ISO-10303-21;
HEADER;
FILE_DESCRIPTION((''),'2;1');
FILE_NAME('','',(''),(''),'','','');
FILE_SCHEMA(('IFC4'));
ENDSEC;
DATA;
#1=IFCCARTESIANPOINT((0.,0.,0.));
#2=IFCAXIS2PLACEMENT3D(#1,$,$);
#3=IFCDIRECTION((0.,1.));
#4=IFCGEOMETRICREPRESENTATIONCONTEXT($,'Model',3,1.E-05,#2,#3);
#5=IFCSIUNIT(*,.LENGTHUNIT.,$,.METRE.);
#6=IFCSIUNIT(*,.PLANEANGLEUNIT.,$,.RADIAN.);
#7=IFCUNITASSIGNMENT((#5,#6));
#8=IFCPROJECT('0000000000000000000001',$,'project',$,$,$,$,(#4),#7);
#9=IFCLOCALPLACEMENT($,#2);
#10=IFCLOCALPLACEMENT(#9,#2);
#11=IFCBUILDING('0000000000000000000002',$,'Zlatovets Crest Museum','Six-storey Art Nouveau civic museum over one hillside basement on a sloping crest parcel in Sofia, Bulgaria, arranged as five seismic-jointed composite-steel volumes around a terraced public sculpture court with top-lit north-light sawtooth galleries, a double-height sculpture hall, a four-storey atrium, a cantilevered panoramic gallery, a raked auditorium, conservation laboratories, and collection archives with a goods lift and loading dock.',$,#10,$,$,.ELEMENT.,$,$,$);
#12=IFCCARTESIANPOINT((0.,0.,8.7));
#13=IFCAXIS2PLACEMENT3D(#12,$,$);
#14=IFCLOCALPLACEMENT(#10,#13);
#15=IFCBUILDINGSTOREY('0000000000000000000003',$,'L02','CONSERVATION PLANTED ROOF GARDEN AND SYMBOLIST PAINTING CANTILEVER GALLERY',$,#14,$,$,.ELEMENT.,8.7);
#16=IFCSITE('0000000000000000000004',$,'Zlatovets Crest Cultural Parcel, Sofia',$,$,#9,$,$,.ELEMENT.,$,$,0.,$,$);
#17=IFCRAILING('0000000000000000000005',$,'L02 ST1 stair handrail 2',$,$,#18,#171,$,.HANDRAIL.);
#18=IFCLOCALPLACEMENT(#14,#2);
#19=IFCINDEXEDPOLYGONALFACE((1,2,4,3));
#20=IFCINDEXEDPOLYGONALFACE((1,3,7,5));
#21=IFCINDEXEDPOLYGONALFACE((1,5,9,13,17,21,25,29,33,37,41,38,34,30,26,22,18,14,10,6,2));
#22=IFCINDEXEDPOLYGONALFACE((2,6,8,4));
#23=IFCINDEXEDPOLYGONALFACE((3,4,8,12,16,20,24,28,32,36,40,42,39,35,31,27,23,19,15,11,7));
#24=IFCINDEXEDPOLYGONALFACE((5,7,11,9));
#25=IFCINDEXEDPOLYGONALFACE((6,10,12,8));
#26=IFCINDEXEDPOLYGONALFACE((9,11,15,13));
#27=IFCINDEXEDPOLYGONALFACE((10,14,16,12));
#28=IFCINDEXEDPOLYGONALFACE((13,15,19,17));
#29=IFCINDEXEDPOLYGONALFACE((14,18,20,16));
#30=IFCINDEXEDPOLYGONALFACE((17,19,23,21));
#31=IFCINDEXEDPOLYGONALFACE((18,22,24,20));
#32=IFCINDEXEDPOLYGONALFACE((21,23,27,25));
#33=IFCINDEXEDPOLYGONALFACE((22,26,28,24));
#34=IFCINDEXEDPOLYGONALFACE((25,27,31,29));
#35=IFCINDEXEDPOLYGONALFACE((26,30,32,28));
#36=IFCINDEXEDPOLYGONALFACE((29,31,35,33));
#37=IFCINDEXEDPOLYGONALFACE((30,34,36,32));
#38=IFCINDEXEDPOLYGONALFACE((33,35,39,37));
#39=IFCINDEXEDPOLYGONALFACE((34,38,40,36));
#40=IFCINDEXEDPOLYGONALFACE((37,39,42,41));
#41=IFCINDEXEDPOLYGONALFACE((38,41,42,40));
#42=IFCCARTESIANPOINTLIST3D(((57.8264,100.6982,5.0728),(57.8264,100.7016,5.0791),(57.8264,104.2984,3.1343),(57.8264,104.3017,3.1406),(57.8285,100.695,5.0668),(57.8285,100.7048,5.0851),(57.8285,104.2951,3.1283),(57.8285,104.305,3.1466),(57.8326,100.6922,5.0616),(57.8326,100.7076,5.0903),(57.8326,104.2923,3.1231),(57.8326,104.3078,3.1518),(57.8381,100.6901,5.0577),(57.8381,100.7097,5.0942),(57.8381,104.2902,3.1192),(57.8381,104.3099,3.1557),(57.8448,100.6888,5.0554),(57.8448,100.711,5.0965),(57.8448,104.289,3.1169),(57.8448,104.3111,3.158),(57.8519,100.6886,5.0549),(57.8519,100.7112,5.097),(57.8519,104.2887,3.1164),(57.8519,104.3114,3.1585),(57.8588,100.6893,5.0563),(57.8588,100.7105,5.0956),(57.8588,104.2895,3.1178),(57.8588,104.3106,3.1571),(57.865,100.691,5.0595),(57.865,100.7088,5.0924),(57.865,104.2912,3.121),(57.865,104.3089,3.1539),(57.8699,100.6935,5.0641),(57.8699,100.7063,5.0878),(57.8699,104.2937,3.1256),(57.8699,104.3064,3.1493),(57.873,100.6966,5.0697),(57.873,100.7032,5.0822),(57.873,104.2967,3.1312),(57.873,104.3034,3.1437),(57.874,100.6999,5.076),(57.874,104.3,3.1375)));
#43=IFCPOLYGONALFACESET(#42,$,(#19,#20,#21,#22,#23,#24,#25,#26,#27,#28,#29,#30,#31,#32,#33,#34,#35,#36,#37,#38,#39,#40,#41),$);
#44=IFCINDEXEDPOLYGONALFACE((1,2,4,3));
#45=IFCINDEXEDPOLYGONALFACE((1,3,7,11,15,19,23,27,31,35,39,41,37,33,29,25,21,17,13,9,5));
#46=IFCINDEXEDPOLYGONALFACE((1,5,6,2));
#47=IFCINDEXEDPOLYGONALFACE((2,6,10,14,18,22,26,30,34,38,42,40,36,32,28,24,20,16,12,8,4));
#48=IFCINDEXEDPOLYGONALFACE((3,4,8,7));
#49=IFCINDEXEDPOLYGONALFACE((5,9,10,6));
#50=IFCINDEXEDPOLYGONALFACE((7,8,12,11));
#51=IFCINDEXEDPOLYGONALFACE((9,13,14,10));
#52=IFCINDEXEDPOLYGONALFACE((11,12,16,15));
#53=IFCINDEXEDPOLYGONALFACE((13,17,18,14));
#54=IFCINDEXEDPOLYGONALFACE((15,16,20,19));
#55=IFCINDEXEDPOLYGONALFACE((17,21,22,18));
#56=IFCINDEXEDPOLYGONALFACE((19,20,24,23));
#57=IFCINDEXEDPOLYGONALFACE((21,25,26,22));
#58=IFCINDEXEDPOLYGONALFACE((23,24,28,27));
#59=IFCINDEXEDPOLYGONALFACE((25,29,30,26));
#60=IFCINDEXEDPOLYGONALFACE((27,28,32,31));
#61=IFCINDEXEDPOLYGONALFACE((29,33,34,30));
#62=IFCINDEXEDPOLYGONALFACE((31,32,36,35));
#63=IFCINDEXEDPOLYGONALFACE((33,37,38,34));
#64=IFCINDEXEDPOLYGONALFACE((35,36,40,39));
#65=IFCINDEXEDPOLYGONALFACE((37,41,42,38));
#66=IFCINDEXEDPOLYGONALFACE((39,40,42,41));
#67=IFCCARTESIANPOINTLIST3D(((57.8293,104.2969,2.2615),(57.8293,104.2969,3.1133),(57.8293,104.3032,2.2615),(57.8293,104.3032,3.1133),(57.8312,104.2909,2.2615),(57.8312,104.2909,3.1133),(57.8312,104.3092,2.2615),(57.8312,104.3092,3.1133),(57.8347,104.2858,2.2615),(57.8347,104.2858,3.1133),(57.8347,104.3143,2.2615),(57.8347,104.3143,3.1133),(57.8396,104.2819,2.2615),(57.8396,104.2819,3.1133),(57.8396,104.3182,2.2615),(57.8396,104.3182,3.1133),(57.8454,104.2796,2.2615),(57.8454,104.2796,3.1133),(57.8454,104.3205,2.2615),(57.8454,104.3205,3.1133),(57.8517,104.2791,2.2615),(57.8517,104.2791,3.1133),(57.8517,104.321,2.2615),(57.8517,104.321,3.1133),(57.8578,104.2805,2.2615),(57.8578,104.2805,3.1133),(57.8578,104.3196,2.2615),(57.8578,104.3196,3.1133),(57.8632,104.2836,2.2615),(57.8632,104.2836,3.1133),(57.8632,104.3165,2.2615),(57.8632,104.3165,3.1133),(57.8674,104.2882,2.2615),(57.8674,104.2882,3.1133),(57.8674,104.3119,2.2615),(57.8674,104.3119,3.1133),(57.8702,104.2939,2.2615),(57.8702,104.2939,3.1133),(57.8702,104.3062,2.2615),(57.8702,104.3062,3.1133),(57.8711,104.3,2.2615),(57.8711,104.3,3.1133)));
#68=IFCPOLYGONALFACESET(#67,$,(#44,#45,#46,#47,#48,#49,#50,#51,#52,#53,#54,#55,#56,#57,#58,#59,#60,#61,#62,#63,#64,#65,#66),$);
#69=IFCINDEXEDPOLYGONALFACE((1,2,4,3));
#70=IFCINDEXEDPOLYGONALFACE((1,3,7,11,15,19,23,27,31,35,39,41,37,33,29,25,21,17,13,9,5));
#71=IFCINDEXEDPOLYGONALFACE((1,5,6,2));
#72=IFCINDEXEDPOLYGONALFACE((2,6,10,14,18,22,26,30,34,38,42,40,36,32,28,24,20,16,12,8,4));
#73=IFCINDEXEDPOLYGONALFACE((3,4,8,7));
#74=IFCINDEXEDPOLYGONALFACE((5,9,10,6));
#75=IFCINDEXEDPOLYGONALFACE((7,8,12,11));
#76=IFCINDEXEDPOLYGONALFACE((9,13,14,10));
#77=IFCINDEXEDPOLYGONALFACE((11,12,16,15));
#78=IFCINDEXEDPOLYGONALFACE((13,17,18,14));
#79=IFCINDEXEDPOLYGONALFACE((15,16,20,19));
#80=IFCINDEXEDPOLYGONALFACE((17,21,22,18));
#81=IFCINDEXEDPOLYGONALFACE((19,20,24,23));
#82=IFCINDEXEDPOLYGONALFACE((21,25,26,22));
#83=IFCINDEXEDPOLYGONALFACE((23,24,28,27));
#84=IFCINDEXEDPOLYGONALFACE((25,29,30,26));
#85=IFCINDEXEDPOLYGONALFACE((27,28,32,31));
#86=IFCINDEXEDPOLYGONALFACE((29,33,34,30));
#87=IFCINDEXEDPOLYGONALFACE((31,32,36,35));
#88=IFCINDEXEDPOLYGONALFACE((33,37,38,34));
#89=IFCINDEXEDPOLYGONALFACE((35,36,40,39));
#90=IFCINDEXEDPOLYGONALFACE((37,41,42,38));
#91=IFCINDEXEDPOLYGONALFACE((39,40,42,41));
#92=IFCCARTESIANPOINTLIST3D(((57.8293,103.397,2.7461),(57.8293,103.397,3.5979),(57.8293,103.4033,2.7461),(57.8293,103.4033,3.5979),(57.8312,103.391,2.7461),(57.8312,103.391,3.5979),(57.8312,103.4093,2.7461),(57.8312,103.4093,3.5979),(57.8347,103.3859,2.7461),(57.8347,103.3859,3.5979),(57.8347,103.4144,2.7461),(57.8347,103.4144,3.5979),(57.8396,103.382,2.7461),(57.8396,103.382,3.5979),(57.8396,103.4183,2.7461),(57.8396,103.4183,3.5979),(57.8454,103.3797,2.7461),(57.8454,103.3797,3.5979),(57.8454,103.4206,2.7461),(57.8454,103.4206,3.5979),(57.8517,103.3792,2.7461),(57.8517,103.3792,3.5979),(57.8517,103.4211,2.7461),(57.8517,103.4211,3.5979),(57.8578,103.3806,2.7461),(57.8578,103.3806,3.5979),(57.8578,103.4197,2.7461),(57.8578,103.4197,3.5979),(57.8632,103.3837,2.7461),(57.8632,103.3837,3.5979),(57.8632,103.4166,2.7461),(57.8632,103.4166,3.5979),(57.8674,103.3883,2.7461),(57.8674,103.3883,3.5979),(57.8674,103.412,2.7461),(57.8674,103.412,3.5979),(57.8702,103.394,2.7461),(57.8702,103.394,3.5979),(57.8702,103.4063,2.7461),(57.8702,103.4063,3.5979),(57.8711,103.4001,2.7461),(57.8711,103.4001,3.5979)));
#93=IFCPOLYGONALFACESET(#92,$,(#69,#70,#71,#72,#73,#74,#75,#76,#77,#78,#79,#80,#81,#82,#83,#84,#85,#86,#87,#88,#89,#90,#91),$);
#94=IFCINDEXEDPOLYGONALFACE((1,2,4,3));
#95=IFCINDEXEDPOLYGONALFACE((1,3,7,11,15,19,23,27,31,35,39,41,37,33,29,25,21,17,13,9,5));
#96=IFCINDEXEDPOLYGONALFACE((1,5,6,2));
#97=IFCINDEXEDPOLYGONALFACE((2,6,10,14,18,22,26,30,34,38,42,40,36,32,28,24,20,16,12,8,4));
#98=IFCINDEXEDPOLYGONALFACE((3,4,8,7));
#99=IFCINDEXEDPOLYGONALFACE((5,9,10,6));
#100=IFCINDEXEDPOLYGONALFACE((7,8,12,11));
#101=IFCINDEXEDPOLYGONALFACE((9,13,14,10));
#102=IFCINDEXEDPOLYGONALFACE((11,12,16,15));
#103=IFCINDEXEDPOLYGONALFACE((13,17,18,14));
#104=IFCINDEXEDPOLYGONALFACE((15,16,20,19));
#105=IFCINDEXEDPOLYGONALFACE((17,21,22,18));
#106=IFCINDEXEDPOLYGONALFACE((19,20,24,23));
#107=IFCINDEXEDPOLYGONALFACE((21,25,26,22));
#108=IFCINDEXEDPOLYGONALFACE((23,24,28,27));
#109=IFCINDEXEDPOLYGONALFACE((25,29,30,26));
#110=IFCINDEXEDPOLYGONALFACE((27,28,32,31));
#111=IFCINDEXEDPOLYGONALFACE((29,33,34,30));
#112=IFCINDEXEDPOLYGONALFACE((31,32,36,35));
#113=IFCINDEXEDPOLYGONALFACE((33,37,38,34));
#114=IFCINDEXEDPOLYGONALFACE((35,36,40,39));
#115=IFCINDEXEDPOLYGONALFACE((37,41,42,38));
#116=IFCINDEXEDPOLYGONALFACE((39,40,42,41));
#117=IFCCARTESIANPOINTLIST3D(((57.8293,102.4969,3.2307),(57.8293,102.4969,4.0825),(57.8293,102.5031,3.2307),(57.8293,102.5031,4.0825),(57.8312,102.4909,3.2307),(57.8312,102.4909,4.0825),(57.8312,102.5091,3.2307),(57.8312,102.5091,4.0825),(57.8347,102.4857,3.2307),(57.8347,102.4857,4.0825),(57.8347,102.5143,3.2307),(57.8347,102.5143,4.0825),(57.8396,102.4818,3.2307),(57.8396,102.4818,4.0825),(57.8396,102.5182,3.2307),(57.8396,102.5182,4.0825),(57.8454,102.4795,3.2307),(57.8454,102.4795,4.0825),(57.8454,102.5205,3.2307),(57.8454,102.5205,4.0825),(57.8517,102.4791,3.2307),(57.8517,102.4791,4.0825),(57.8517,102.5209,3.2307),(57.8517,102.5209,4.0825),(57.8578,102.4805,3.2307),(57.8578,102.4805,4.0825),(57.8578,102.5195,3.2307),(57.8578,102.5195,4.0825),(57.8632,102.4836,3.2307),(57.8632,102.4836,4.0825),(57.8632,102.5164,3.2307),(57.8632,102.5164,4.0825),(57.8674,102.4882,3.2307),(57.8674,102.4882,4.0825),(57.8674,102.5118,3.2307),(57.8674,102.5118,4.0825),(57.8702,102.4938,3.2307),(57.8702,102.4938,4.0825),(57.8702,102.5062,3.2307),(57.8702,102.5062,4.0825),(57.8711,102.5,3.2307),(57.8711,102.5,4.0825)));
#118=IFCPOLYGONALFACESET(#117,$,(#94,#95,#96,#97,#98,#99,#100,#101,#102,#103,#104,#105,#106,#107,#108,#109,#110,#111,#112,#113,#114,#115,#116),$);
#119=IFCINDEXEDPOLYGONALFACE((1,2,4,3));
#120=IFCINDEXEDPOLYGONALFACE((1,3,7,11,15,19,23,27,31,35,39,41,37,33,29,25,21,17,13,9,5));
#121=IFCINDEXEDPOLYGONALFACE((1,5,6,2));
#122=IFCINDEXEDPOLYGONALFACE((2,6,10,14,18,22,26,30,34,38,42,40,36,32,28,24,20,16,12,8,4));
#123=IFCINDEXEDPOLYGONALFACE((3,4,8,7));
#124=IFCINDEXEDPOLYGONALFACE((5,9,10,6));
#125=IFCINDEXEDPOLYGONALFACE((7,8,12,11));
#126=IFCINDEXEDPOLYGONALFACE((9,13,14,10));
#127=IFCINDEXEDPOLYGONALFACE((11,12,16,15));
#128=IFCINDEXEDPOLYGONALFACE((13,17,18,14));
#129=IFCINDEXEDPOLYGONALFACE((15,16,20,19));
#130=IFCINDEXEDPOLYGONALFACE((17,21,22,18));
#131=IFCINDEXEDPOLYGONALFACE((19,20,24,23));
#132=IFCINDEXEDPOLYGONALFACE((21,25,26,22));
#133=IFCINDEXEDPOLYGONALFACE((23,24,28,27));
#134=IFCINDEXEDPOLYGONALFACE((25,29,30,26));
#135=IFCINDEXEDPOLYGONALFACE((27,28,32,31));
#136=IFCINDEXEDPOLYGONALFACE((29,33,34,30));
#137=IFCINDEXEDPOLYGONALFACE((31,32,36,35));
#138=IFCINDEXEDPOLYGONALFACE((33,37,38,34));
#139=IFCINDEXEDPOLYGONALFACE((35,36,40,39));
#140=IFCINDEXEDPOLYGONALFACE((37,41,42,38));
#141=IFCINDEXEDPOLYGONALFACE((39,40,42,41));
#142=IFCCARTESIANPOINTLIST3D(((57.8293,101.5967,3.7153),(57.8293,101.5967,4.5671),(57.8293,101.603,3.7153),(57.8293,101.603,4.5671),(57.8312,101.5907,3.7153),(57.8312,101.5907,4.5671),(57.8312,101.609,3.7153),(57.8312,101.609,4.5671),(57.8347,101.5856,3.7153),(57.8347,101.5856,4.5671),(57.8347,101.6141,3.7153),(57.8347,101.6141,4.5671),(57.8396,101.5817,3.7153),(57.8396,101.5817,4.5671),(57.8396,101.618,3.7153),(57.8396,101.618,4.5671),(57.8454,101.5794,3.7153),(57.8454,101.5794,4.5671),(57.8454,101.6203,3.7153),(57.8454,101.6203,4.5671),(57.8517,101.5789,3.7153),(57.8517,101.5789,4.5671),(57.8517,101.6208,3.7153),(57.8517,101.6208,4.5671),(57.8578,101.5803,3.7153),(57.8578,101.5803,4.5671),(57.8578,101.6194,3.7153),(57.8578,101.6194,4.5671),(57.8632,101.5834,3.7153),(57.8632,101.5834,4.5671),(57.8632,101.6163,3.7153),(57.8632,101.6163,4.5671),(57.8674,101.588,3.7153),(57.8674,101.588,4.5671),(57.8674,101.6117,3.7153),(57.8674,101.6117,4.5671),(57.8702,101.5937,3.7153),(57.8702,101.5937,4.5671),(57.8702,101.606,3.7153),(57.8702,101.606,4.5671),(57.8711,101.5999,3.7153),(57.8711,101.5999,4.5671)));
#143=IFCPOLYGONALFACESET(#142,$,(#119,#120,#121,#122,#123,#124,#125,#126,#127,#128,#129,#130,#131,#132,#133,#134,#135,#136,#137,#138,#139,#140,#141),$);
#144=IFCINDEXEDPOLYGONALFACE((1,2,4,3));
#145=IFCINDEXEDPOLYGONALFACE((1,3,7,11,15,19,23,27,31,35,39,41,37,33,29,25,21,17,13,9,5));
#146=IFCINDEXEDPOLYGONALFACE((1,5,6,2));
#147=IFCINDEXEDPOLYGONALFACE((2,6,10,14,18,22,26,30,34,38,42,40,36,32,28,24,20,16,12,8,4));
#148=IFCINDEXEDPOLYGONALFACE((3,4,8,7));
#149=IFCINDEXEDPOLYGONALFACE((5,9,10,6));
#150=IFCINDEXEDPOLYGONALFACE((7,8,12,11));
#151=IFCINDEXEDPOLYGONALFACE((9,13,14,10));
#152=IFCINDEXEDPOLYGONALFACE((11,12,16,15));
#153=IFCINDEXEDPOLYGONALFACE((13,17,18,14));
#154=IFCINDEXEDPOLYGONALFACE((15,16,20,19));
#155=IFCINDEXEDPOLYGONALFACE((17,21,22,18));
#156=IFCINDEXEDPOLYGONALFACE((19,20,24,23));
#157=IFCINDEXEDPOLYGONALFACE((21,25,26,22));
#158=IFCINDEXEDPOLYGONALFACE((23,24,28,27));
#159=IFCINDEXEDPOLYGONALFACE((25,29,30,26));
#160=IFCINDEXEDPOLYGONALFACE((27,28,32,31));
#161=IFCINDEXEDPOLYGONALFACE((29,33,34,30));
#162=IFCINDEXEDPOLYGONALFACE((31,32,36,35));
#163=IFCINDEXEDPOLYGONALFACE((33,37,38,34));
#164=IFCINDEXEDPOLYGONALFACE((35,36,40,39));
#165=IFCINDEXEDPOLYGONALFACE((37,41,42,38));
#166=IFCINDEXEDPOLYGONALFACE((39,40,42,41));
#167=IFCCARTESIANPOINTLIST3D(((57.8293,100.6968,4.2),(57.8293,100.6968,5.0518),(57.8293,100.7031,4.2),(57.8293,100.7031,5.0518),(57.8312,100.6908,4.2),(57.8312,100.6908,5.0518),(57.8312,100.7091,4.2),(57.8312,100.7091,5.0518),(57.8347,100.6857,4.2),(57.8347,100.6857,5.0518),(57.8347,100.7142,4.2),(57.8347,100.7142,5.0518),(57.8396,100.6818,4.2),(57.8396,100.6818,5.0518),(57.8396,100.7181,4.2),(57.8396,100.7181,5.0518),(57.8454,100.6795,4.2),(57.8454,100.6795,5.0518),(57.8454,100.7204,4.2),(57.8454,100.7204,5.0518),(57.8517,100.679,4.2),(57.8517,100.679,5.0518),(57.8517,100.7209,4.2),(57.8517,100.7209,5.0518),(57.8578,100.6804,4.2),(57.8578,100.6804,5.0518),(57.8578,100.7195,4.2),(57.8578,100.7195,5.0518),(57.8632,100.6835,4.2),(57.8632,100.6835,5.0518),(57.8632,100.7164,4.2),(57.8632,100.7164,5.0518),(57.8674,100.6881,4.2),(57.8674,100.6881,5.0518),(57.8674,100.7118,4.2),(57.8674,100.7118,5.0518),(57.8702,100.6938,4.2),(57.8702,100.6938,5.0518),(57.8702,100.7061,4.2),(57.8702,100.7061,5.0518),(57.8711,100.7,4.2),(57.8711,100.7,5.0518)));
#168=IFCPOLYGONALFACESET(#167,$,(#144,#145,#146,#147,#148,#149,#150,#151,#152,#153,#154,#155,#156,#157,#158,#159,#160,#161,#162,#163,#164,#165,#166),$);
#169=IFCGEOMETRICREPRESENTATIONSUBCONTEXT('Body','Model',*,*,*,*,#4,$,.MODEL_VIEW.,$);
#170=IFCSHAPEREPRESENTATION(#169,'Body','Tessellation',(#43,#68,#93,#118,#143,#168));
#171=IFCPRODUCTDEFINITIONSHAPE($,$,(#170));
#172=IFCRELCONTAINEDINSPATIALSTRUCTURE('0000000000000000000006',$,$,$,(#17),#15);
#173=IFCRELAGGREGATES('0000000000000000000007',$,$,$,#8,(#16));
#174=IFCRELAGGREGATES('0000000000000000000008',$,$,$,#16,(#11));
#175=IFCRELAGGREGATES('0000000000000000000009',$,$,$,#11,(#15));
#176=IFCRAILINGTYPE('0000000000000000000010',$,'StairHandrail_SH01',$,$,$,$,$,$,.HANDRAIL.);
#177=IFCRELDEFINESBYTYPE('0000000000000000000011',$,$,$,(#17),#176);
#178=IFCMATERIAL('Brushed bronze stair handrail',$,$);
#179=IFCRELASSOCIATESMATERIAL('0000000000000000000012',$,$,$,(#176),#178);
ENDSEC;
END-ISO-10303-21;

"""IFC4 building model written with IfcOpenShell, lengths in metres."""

from ifc_helpers import new_model, si_unit, direction, frame, origin, origin_2d, place, context, subcontext, project, spatial, circle, extrude, material, type_object, element, save


model = new_model("IFC4")

# Units and contexts
model_context = context("Model", 3, precision=1e-05, world=origin(), true_north=direction((0.0, 1.0)))
body_context = subcontext(model_context, "Body", "Model", "MODEL_VIEW")
ifc_project = project(units=[si_unit("LENGTHUNIT", "METRE"), si_unit("PLANEANGLEUNIT", "RADIAN")], contexts=[model_context])

# Site, building, storey
site_placement = place(None, origin())
site = spatial("IfcSite", under=ifc_project, at=site_placement, Name="Zlatovets Crest Cultural Parcel, Sofia", CompositionType="ELEMENT", RefElevation=0.0)
building_placement = place(site_placement, origin())
building = spatial("IfcBuilding", under=site, at=building_placement, Name="Zlatovets Crest Museum", Description="Six-storey Art Nouveau civic museum over one hillside basement on a sloping crest parcel in Sofia, Bulgaria, arranged as five seismic-jointed composite-steel volumes around a terraced public sculpture court with top-lit north-light sawtooth galleries, a double-height sculpture hall, a four-storey atrium, a cantilevered panoramic gallery, a raked auditorium, conservation laboratories, and collection archives with a goods lift and loading dock.", CompositionType="ELEMENT")
storey_placement = place(building_placement, frame((0.0, 0.0, 8.7)))
storey = spatial("IfcBuildingStorey", under=building, at=storey_placement, Name="L02", Description="CONSERVATION PLANTED ROOF GARDEN AND SYMBOLIST PAINTING CANTILEVER GALLERY", CompositionType="ELEMENT", Elevation=8.7)

# Railing
ifc_material_1 = material(Name="Brushed bronze stair handrail")
railing_type_1 = type_object("IfcRailingType", Name="StairHandrail_SH01", PredefinedType="HANDRAIL", material=ifc_material_1)
railing_1_placement = place(storey_placement, frame((57.8501, 104.3, 2.2615)))
element("IfcRailing", 1, at=railing_1_placement, inside=storey, type_object=railing_type_1, Name="L02 ST1 stair handrail 2", PredefinedType="HANDRAIL", context=body_context, shape_type="SweptSolid", body=[
    extrude(circle(Radius=0.0239, at=origin_2d()), frame((0.0, 0.0, 0.876), z_axis=(0.0, -0.880475, 0.474093), x_axis=(1.0, 0.0, 0.0)), (0.0, 0.0, 1.0), 4.0889),
    extrude(circle(Radius=0.021, at=origin_2d()), origin(), (0.0, 0.0, 1.0), 0.8518),
    extrude(circle(Radius=0.021, at=origin_2d()), frame((0.0, -0.8999, 0.4846)), (0.0, 0.0, 1.0), 0.8518),
    extrude(circle(Radius=0.021, at=origin_2d()), frame((0.0, -1.8, 0.9692)), (0.0, 0.0, 1.0), 0.8518),
    extrude(circle(Radius=0.021, at=origin_2d()), frame((0.0, -2.7002, 1.4539)), (0.0, 0.0, 1.0), 0.8518),
    extrude(circle(Radius=0.021, at=origin_2d()), frame((0.0, -3.6001, 1.9385)), (0.0, 0.0, 1.0), 0.8518),
])

save(model, "model.ifc")
